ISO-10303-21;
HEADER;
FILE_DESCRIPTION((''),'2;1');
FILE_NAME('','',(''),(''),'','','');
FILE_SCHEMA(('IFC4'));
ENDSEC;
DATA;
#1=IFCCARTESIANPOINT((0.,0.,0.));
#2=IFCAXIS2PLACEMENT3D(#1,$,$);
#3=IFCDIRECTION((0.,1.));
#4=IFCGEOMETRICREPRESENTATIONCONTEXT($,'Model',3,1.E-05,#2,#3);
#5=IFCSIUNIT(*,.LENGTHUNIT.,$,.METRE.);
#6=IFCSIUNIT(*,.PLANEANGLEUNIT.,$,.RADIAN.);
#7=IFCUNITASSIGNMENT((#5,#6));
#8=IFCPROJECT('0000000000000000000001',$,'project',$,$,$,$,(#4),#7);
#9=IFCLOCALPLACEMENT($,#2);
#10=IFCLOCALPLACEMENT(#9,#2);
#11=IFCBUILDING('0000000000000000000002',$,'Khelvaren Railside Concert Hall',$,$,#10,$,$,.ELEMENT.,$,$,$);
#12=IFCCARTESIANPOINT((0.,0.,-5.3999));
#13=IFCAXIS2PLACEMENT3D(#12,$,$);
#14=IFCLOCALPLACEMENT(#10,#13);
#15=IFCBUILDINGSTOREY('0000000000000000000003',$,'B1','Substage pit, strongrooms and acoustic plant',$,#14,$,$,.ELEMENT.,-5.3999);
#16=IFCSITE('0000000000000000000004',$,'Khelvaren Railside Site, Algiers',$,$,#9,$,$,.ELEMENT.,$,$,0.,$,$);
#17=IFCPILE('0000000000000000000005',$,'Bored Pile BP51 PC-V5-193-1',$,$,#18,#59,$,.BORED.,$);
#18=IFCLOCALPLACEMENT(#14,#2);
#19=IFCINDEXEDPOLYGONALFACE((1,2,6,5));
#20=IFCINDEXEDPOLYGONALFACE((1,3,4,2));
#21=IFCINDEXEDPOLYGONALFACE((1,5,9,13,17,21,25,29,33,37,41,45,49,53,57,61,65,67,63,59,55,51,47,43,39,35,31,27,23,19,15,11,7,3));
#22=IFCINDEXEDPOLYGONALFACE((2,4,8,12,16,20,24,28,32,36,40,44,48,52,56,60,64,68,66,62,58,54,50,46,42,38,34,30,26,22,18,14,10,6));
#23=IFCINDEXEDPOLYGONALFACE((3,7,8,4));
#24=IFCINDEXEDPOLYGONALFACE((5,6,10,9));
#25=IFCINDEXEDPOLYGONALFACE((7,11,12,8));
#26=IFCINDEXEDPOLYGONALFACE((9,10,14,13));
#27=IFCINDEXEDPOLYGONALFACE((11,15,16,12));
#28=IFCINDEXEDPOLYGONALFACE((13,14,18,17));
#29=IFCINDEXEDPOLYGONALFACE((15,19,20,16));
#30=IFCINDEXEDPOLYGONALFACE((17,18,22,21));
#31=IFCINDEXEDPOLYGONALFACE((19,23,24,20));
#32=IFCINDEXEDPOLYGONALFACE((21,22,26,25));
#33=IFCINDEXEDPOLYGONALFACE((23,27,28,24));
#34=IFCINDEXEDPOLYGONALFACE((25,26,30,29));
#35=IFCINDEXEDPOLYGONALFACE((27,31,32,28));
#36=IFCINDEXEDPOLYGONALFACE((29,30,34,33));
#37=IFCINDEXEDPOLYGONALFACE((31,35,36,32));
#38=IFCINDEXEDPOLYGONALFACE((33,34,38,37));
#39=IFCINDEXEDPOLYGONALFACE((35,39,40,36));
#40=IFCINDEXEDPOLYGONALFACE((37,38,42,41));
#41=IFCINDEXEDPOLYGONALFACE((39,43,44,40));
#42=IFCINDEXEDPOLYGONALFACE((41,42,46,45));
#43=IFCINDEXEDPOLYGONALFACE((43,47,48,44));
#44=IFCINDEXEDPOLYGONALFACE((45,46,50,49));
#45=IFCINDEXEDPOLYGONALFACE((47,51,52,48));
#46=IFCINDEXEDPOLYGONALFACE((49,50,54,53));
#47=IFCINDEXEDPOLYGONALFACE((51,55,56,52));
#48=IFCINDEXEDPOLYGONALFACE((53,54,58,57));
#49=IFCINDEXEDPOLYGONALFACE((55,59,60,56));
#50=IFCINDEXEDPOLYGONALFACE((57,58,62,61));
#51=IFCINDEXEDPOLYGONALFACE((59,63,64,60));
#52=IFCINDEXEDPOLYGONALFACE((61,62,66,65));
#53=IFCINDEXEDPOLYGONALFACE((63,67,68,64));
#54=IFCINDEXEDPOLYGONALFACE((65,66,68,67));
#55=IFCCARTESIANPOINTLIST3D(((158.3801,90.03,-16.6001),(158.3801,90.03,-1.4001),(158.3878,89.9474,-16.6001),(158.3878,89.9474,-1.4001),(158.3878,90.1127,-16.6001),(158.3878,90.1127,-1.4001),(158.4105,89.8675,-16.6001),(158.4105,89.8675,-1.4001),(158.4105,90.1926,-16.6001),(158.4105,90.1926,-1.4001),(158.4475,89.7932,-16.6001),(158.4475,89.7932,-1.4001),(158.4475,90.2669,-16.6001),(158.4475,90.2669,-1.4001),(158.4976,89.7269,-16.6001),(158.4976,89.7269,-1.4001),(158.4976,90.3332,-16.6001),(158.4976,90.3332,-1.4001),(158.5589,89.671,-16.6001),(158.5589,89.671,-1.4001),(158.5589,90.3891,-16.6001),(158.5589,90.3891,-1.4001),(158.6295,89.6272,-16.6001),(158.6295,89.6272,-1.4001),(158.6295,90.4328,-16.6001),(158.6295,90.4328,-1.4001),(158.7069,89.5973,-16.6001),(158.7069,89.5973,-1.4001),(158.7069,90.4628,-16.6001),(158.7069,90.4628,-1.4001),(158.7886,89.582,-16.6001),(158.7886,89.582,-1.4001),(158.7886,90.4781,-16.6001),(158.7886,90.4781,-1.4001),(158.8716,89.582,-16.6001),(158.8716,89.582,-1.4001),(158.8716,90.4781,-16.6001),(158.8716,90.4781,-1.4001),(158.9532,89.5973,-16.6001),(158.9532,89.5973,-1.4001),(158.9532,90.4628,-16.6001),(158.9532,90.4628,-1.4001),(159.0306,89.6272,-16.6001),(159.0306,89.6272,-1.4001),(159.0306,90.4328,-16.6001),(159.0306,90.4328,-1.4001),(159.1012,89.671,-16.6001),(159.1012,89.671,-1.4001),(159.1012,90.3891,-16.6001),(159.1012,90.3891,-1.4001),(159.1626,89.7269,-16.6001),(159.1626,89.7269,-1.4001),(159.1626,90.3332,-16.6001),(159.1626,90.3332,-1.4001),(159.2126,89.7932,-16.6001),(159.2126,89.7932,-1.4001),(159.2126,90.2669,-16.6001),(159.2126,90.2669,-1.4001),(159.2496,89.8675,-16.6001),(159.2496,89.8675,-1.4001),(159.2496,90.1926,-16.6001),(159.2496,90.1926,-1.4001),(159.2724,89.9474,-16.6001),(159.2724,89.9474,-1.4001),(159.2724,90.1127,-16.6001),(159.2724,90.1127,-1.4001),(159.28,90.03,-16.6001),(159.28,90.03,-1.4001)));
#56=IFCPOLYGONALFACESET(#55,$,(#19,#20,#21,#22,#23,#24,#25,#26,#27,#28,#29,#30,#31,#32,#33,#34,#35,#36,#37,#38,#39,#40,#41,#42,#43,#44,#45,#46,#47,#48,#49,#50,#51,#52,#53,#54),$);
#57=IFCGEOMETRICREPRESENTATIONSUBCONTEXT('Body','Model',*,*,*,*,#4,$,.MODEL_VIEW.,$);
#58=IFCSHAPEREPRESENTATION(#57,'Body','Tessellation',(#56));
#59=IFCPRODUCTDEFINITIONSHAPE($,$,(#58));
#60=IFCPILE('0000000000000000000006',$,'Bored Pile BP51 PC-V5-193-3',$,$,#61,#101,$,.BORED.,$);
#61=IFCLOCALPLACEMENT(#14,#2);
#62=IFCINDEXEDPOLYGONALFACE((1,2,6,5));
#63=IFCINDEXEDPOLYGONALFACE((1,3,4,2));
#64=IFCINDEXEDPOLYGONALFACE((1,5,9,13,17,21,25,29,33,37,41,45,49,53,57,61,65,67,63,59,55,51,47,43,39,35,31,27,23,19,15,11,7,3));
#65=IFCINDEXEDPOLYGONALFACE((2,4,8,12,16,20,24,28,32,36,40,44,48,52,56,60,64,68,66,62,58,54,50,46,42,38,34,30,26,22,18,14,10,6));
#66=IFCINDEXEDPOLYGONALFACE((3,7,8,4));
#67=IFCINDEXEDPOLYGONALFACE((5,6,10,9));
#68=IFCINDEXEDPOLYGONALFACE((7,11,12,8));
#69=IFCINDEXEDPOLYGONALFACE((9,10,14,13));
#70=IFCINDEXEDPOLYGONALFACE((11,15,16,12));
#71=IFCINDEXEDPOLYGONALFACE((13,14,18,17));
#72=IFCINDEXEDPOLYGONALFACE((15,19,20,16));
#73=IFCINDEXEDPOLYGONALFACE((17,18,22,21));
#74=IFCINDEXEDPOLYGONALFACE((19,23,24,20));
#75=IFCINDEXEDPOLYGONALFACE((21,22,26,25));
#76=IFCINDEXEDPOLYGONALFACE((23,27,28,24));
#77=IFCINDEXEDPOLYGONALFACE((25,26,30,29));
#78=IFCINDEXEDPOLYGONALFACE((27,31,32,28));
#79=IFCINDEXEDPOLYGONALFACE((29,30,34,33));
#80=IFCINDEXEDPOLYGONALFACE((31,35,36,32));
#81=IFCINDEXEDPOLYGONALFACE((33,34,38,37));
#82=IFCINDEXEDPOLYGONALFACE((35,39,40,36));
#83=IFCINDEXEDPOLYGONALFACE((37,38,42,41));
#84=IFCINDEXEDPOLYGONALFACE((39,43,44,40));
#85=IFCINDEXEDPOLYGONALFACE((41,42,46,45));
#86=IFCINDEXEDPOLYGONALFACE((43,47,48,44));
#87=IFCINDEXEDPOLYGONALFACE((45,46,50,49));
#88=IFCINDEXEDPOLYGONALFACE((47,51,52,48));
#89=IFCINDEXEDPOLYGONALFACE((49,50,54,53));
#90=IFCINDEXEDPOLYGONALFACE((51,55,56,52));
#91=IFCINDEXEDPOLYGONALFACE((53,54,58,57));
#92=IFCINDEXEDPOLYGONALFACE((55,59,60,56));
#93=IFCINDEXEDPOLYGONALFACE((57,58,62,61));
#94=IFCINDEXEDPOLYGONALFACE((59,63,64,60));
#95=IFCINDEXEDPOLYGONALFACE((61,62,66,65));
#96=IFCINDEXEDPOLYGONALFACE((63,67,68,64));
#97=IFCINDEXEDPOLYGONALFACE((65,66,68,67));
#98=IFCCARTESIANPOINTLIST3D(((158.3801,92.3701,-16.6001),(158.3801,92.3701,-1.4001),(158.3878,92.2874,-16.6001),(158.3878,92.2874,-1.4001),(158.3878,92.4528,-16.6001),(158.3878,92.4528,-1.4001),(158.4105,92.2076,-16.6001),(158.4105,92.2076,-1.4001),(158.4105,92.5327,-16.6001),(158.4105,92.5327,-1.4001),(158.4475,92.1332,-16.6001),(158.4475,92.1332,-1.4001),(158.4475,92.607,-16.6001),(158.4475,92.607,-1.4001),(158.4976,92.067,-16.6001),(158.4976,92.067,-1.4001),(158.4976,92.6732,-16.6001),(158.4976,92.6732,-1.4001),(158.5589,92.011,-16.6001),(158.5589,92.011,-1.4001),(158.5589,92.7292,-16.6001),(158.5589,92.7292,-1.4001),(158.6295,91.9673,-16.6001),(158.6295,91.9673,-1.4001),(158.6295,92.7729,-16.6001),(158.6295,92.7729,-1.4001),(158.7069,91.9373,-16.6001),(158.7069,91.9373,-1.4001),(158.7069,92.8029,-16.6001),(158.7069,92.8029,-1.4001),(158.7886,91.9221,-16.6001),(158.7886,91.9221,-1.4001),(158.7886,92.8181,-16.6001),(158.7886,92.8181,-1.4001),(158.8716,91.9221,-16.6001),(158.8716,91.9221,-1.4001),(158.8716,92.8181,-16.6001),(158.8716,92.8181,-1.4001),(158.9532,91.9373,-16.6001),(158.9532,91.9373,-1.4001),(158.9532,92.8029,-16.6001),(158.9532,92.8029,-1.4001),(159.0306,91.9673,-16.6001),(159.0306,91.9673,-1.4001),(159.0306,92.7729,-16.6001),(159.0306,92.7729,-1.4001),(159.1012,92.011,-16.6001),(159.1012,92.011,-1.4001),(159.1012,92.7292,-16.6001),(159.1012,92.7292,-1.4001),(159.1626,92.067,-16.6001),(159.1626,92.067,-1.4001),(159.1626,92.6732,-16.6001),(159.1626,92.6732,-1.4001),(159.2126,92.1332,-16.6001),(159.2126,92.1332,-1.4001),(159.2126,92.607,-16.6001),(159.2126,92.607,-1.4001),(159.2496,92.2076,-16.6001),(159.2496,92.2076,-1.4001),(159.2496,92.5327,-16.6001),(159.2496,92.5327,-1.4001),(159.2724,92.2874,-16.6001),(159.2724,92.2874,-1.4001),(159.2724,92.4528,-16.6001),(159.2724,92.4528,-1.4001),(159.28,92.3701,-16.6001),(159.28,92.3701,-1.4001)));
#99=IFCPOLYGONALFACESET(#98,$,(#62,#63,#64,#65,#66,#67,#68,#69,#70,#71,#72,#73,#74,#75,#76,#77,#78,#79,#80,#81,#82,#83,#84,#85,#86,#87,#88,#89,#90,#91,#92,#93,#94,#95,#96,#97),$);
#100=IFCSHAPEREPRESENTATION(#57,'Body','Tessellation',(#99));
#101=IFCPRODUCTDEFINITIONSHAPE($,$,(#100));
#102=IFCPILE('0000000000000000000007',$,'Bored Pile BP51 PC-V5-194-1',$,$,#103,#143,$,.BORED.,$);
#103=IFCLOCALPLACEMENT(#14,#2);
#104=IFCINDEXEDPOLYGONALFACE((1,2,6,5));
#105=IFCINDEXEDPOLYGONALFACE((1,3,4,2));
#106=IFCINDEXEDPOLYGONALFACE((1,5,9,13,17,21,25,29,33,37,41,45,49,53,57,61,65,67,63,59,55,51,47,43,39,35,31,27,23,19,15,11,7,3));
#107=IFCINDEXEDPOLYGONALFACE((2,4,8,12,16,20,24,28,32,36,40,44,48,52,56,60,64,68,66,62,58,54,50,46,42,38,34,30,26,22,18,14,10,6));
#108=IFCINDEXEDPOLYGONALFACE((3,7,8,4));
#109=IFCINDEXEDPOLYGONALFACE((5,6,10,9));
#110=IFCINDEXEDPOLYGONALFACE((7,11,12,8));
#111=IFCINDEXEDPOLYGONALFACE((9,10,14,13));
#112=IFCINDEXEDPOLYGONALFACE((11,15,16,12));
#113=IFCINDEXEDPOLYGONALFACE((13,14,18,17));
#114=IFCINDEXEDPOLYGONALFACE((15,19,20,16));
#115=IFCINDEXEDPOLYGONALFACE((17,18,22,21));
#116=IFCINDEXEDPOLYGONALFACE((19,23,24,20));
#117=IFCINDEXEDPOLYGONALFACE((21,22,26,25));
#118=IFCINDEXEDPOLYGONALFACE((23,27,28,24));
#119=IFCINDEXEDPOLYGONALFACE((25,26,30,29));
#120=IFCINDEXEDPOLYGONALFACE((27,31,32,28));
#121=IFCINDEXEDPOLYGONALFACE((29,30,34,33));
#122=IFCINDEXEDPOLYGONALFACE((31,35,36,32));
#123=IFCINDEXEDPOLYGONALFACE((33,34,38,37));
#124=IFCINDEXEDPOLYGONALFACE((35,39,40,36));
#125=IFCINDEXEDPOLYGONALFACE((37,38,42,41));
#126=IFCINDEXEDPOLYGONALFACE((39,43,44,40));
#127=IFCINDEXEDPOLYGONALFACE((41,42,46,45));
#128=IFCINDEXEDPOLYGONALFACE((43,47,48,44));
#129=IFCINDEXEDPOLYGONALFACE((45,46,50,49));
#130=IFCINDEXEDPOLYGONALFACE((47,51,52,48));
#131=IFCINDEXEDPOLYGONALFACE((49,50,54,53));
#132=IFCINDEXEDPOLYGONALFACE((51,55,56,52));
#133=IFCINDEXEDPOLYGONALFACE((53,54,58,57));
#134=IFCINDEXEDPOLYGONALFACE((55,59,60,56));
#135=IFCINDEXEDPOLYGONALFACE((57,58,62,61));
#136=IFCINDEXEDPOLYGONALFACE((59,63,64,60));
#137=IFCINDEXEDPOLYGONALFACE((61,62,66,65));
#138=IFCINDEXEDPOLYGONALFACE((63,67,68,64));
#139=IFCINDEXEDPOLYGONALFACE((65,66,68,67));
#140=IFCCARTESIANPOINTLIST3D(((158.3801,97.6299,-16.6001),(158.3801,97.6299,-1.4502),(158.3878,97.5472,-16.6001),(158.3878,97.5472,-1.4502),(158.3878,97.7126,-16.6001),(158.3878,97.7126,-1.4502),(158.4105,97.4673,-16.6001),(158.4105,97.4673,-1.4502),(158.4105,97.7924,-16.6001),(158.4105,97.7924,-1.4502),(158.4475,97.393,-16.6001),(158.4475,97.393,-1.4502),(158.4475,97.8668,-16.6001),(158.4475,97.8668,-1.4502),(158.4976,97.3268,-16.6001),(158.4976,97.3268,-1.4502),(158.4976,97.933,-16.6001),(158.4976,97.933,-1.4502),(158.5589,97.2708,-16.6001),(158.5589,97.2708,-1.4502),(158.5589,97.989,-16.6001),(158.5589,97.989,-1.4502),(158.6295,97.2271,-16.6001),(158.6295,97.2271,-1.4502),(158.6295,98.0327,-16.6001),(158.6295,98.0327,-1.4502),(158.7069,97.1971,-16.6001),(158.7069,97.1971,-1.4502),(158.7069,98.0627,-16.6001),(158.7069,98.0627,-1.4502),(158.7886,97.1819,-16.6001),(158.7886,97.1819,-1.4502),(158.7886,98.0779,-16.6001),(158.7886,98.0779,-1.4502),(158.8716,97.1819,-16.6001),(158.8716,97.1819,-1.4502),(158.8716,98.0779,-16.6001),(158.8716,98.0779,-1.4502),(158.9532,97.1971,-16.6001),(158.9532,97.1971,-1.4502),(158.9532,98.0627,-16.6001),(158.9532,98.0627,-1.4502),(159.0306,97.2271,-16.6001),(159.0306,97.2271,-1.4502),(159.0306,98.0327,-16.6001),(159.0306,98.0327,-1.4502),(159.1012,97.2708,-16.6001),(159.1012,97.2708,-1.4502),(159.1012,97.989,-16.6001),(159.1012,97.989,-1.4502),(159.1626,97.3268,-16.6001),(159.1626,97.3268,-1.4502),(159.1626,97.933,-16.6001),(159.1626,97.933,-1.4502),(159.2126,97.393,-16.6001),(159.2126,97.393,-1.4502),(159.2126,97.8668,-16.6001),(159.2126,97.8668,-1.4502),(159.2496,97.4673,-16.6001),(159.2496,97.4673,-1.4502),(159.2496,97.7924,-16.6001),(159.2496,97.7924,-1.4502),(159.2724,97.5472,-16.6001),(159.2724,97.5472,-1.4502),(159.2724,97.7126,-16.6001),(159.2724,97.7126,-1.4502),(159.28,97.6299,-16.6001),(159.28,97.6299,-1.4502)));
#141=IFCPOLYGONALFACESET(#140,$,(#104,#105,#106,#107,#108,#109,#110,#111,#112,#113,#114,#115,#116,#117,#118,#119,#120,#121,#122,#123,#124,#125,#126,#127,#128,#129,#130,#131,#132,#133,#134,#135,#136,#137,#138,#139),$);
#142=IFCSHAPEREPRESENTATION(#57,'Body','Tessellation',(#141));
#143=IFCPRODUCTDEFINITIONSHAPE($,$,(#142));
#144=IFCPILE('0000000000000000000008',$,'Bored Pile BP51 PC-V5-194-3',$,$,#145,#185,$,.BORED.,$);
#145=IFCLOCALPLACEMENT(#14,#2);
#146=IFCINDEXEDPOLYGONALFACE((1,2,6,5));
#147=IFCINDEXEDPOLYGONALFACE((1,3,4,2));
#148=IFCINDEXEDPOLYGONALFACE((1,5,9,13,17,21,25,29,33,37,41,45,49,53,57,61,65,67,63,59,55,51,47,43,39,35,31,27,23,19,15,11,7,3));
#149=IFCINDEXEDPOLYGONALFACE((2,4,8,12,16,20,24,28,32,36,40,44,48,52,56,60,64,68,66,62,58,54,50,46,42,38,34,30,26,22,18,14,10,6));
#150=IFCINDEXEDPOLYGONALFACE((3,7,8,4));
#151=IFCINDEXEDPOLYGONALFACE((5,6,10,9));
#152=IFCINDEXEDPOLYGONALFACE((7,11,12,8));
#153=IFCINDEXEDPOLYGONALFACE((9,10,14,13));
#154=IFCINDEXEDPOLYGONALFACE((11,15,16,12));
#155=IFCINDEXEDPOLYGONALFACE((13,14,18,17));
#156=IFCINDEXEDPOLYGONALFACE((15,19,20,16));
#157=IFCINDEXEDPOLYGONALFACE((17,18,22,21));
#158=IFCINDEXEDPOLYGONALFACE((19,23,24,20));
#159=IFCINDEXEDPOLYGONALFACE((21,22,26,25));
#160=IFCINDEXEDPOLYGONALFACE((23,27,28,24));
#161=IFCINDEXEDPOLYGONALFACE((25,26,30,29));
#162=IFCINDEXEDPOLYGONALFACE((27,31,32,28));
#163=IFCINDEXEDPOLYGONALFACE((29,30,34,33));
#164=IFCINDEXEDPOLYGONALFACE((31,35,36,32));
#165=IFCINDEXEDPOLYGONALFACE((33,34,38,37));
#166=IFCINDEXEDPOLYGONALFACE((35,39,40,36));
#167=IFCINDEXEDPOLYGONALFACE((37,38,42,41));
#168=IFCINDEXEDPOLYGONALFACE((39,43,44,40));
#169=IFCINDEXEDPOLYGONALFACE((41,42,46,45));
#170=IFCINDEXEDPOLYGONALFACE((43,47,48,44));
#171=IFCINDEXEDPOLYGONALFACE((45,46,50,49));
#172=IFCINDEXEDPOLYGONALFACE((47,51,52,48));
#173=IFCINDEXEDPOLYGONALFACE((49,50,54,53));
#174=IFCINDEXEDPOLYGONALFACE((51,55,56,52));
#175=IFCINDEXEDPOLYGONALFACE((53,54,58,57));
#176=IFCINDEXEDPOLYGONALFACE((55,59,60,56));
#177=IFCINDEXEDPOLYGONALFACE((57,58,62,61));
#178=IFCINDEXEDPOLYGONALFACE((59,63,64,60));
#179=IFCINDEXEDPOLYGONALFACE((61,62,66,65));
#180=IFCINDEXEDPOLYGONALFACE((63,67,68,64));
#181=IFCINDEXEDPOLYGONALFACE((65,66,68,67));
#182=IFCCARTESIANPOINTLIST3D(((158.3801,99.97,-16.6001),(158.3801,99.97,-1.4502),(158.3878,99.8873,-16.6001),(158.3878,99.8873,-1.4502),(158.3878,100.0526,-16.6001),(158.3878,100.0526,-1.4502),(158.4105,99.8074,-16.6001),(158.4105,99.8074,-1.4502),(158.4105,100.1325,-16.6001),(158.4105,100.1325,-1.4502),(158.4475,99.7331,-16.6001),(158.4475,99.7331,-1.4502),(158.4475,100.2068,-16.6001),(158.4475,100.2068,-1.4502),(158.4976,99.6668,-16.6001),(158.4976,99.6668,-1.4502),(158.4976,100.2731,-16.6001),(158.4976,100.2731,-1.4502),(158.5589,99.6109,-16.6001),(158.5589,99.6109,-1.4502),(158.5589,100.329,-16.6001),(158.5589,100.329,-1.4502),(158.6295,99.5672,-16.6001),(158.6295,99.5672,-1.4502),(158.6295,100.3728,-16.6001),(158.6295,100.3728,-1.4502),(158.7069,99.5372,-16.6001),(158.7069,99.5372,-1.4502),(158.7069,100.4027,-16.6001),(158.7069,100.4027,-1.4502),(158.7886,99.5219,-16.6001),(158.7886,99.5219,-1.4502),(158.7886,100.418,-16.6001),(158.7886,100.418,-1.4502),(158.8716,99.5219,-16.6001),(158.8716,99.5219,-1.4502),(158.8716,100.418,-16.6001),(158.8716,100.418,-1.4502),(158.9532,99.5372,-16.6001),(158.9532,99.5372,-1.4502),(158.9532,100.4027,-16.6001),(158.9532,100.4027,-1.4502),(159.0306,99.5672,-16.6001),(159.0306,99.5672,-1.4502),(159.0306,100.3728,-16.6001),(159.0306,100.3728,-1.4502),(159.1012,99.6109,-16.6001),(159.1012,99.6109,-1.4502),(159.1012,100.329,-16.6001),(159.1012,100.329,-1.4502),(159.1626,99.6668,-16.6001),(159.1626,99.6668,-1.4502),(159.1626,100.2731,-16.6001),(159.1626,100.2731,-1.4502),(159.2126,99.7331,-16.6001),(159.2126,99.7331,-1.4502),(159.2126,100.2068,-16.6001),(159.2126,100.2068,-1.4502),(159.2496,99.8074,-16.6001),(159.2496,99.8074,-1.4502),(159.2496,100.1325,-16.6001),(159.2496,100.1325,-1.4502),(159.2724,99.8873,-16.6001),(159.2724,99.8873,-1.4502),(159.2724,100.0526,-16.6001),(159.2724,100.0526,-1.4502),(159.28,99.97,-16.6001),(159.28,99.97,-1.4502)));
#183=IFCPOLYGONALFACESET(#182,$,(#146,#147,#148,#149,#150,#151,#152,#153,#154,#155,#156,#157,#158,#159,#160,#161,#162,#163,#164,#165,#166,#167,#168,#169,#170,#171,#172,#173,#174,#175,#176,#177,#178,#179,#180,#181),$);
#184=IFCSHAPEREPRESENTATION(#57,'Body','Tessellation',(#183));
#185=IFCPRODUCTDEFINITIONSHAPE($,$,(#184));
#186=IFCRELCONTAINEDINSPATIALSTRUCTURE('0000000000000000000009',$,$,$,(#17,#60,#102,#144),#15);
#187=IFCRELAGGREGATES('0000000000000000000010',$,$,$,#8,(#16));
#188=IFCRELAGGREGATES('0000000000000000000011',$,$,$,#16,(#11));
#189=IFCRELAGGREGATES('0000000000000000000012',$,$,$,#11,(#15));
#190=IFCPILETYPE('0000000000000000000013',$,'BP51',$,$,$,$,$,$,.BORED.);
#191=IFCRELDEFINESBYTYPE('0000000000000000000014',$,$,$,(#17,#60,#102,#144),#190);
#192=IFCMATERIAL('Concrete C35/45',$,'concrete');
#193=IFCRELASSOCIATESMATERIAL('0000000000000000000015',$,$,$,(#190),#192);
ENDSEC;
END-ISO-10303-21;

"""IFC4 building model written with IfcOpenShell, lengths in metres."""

from ifc_helpers import new_model, si_unit, direction, frame, origin, origin_2d, place, context, subcontext, project, spatial, circle, extrude, material, material_profile, profile_set, type_object, element, save


model = new_model("IFC4")

# Units and contexts
model_context = context("Model", 3, precision=1e-05, world=origin(), true_north=direction((0.0, 1.0)))
body_context = subcontext(model_context, "Body", "Model", "MODEL_VIEW")
ifc_project = project(units=[si_unit("LENGTHUNIT", "METRE"), si_unit("PLANEANGLEUNIT", "RADIAN")], contexts=[model_context])

# Site, building, storey
site_placement = place(None, origin())
site = spatial("IfcSite", under=ifc_project, at=site_placement, Name="Khelvaren Railside Site, Algiers", CompositionType="ELEMENT", RefElevation=0.0)
building_placement = place(site_placement, origin())
building = spatial("IfcBuilding", under=site, at=building_placement, Name="Khelvaren Railside Concert Hall", CompositionType="ELEMENT")
storey_placement = place(building_placement, frame((0.0, 0.0, -5.3999)))
storey = spatial("IfcBuildingStorey", under=building, at=storey_placement, Name="B1", Description="Substage pit, strongrooms and acoustic plant", CompositionType="ELEMENT", Elevation=-5.3999)

# Piles
ifc_material_1 = material(Name="Concrete C35/45", Category="concrete")
ifc_material_profile_1 = material_profile(ifc_material_1, circle(Radius=0.45, at=origin_2d()), Name="BP D900")
ifc_profile_set_1 = profile_set([ifc_material_profile_1], Name="Concrete C35/45")
pile_type_1 = type_object("IfcPileType", Name="BP51", PredefinedType="BORED", material=ifc_profile_set_1)
for number, where, z_axis, x_axis, name in (
    (1, (158.8301, 90.03, -1.4001), (0.0, 0.0, -1.0), (1.0, 0.0, 0.0), "Bored Pile BP51 PC-V5-193-1"),
    (2, (158.8301, 92.3701, -1.4001), (0.0, 0.0, -1.0), (1.0, 0.0, 0.0), "Bored Pile BP51 PC-V5-193-3"),
):
    element("IfcPile", number, at=place(storey_placement, frame(where, z_axis=z_axis, x_axis=x_axis)), inside=storey, type_object=pile_type_1, Name=name, PredefinedType="BORED", context=body_context, shape_type="SweptSolid", body=[
        extrude(circle(Radius=0.45, at=origin_2d()), origin(), (0.0, 0.0, 1.0), 15.2),
    ])
for number, where, z_axis, x_axis, name in (
    (3, (158.8301, 97.6299, -1.4502), (0.0, 0.0, -1.0), (1.0, 0.0, 0.0), "Bored Pile BP51 PC-V5-194-1"),
    (4, (158.8301, 99.97, -1.4502), (0.0, 0.0, -1.0), (1.0, 0.0, 0.0), "Bored Pile BP51 PC-V5-194-3"),
):
    element("IfcPile", number, at=place(storey_placement, frame(where, z_axis=z_axis, x_axis=x_axis)), inside=storey, type_object=pile_type_1, Name=name, PredefinedType="BORED", context=body_context, shape_type="SweptSolid", body=[
        extrude(circle(Radius=0.45, at=origin_2d()), origin(), (0.0, 0.0, 1.0), 15.1499),
    ])

save(model, "model.ifc")
